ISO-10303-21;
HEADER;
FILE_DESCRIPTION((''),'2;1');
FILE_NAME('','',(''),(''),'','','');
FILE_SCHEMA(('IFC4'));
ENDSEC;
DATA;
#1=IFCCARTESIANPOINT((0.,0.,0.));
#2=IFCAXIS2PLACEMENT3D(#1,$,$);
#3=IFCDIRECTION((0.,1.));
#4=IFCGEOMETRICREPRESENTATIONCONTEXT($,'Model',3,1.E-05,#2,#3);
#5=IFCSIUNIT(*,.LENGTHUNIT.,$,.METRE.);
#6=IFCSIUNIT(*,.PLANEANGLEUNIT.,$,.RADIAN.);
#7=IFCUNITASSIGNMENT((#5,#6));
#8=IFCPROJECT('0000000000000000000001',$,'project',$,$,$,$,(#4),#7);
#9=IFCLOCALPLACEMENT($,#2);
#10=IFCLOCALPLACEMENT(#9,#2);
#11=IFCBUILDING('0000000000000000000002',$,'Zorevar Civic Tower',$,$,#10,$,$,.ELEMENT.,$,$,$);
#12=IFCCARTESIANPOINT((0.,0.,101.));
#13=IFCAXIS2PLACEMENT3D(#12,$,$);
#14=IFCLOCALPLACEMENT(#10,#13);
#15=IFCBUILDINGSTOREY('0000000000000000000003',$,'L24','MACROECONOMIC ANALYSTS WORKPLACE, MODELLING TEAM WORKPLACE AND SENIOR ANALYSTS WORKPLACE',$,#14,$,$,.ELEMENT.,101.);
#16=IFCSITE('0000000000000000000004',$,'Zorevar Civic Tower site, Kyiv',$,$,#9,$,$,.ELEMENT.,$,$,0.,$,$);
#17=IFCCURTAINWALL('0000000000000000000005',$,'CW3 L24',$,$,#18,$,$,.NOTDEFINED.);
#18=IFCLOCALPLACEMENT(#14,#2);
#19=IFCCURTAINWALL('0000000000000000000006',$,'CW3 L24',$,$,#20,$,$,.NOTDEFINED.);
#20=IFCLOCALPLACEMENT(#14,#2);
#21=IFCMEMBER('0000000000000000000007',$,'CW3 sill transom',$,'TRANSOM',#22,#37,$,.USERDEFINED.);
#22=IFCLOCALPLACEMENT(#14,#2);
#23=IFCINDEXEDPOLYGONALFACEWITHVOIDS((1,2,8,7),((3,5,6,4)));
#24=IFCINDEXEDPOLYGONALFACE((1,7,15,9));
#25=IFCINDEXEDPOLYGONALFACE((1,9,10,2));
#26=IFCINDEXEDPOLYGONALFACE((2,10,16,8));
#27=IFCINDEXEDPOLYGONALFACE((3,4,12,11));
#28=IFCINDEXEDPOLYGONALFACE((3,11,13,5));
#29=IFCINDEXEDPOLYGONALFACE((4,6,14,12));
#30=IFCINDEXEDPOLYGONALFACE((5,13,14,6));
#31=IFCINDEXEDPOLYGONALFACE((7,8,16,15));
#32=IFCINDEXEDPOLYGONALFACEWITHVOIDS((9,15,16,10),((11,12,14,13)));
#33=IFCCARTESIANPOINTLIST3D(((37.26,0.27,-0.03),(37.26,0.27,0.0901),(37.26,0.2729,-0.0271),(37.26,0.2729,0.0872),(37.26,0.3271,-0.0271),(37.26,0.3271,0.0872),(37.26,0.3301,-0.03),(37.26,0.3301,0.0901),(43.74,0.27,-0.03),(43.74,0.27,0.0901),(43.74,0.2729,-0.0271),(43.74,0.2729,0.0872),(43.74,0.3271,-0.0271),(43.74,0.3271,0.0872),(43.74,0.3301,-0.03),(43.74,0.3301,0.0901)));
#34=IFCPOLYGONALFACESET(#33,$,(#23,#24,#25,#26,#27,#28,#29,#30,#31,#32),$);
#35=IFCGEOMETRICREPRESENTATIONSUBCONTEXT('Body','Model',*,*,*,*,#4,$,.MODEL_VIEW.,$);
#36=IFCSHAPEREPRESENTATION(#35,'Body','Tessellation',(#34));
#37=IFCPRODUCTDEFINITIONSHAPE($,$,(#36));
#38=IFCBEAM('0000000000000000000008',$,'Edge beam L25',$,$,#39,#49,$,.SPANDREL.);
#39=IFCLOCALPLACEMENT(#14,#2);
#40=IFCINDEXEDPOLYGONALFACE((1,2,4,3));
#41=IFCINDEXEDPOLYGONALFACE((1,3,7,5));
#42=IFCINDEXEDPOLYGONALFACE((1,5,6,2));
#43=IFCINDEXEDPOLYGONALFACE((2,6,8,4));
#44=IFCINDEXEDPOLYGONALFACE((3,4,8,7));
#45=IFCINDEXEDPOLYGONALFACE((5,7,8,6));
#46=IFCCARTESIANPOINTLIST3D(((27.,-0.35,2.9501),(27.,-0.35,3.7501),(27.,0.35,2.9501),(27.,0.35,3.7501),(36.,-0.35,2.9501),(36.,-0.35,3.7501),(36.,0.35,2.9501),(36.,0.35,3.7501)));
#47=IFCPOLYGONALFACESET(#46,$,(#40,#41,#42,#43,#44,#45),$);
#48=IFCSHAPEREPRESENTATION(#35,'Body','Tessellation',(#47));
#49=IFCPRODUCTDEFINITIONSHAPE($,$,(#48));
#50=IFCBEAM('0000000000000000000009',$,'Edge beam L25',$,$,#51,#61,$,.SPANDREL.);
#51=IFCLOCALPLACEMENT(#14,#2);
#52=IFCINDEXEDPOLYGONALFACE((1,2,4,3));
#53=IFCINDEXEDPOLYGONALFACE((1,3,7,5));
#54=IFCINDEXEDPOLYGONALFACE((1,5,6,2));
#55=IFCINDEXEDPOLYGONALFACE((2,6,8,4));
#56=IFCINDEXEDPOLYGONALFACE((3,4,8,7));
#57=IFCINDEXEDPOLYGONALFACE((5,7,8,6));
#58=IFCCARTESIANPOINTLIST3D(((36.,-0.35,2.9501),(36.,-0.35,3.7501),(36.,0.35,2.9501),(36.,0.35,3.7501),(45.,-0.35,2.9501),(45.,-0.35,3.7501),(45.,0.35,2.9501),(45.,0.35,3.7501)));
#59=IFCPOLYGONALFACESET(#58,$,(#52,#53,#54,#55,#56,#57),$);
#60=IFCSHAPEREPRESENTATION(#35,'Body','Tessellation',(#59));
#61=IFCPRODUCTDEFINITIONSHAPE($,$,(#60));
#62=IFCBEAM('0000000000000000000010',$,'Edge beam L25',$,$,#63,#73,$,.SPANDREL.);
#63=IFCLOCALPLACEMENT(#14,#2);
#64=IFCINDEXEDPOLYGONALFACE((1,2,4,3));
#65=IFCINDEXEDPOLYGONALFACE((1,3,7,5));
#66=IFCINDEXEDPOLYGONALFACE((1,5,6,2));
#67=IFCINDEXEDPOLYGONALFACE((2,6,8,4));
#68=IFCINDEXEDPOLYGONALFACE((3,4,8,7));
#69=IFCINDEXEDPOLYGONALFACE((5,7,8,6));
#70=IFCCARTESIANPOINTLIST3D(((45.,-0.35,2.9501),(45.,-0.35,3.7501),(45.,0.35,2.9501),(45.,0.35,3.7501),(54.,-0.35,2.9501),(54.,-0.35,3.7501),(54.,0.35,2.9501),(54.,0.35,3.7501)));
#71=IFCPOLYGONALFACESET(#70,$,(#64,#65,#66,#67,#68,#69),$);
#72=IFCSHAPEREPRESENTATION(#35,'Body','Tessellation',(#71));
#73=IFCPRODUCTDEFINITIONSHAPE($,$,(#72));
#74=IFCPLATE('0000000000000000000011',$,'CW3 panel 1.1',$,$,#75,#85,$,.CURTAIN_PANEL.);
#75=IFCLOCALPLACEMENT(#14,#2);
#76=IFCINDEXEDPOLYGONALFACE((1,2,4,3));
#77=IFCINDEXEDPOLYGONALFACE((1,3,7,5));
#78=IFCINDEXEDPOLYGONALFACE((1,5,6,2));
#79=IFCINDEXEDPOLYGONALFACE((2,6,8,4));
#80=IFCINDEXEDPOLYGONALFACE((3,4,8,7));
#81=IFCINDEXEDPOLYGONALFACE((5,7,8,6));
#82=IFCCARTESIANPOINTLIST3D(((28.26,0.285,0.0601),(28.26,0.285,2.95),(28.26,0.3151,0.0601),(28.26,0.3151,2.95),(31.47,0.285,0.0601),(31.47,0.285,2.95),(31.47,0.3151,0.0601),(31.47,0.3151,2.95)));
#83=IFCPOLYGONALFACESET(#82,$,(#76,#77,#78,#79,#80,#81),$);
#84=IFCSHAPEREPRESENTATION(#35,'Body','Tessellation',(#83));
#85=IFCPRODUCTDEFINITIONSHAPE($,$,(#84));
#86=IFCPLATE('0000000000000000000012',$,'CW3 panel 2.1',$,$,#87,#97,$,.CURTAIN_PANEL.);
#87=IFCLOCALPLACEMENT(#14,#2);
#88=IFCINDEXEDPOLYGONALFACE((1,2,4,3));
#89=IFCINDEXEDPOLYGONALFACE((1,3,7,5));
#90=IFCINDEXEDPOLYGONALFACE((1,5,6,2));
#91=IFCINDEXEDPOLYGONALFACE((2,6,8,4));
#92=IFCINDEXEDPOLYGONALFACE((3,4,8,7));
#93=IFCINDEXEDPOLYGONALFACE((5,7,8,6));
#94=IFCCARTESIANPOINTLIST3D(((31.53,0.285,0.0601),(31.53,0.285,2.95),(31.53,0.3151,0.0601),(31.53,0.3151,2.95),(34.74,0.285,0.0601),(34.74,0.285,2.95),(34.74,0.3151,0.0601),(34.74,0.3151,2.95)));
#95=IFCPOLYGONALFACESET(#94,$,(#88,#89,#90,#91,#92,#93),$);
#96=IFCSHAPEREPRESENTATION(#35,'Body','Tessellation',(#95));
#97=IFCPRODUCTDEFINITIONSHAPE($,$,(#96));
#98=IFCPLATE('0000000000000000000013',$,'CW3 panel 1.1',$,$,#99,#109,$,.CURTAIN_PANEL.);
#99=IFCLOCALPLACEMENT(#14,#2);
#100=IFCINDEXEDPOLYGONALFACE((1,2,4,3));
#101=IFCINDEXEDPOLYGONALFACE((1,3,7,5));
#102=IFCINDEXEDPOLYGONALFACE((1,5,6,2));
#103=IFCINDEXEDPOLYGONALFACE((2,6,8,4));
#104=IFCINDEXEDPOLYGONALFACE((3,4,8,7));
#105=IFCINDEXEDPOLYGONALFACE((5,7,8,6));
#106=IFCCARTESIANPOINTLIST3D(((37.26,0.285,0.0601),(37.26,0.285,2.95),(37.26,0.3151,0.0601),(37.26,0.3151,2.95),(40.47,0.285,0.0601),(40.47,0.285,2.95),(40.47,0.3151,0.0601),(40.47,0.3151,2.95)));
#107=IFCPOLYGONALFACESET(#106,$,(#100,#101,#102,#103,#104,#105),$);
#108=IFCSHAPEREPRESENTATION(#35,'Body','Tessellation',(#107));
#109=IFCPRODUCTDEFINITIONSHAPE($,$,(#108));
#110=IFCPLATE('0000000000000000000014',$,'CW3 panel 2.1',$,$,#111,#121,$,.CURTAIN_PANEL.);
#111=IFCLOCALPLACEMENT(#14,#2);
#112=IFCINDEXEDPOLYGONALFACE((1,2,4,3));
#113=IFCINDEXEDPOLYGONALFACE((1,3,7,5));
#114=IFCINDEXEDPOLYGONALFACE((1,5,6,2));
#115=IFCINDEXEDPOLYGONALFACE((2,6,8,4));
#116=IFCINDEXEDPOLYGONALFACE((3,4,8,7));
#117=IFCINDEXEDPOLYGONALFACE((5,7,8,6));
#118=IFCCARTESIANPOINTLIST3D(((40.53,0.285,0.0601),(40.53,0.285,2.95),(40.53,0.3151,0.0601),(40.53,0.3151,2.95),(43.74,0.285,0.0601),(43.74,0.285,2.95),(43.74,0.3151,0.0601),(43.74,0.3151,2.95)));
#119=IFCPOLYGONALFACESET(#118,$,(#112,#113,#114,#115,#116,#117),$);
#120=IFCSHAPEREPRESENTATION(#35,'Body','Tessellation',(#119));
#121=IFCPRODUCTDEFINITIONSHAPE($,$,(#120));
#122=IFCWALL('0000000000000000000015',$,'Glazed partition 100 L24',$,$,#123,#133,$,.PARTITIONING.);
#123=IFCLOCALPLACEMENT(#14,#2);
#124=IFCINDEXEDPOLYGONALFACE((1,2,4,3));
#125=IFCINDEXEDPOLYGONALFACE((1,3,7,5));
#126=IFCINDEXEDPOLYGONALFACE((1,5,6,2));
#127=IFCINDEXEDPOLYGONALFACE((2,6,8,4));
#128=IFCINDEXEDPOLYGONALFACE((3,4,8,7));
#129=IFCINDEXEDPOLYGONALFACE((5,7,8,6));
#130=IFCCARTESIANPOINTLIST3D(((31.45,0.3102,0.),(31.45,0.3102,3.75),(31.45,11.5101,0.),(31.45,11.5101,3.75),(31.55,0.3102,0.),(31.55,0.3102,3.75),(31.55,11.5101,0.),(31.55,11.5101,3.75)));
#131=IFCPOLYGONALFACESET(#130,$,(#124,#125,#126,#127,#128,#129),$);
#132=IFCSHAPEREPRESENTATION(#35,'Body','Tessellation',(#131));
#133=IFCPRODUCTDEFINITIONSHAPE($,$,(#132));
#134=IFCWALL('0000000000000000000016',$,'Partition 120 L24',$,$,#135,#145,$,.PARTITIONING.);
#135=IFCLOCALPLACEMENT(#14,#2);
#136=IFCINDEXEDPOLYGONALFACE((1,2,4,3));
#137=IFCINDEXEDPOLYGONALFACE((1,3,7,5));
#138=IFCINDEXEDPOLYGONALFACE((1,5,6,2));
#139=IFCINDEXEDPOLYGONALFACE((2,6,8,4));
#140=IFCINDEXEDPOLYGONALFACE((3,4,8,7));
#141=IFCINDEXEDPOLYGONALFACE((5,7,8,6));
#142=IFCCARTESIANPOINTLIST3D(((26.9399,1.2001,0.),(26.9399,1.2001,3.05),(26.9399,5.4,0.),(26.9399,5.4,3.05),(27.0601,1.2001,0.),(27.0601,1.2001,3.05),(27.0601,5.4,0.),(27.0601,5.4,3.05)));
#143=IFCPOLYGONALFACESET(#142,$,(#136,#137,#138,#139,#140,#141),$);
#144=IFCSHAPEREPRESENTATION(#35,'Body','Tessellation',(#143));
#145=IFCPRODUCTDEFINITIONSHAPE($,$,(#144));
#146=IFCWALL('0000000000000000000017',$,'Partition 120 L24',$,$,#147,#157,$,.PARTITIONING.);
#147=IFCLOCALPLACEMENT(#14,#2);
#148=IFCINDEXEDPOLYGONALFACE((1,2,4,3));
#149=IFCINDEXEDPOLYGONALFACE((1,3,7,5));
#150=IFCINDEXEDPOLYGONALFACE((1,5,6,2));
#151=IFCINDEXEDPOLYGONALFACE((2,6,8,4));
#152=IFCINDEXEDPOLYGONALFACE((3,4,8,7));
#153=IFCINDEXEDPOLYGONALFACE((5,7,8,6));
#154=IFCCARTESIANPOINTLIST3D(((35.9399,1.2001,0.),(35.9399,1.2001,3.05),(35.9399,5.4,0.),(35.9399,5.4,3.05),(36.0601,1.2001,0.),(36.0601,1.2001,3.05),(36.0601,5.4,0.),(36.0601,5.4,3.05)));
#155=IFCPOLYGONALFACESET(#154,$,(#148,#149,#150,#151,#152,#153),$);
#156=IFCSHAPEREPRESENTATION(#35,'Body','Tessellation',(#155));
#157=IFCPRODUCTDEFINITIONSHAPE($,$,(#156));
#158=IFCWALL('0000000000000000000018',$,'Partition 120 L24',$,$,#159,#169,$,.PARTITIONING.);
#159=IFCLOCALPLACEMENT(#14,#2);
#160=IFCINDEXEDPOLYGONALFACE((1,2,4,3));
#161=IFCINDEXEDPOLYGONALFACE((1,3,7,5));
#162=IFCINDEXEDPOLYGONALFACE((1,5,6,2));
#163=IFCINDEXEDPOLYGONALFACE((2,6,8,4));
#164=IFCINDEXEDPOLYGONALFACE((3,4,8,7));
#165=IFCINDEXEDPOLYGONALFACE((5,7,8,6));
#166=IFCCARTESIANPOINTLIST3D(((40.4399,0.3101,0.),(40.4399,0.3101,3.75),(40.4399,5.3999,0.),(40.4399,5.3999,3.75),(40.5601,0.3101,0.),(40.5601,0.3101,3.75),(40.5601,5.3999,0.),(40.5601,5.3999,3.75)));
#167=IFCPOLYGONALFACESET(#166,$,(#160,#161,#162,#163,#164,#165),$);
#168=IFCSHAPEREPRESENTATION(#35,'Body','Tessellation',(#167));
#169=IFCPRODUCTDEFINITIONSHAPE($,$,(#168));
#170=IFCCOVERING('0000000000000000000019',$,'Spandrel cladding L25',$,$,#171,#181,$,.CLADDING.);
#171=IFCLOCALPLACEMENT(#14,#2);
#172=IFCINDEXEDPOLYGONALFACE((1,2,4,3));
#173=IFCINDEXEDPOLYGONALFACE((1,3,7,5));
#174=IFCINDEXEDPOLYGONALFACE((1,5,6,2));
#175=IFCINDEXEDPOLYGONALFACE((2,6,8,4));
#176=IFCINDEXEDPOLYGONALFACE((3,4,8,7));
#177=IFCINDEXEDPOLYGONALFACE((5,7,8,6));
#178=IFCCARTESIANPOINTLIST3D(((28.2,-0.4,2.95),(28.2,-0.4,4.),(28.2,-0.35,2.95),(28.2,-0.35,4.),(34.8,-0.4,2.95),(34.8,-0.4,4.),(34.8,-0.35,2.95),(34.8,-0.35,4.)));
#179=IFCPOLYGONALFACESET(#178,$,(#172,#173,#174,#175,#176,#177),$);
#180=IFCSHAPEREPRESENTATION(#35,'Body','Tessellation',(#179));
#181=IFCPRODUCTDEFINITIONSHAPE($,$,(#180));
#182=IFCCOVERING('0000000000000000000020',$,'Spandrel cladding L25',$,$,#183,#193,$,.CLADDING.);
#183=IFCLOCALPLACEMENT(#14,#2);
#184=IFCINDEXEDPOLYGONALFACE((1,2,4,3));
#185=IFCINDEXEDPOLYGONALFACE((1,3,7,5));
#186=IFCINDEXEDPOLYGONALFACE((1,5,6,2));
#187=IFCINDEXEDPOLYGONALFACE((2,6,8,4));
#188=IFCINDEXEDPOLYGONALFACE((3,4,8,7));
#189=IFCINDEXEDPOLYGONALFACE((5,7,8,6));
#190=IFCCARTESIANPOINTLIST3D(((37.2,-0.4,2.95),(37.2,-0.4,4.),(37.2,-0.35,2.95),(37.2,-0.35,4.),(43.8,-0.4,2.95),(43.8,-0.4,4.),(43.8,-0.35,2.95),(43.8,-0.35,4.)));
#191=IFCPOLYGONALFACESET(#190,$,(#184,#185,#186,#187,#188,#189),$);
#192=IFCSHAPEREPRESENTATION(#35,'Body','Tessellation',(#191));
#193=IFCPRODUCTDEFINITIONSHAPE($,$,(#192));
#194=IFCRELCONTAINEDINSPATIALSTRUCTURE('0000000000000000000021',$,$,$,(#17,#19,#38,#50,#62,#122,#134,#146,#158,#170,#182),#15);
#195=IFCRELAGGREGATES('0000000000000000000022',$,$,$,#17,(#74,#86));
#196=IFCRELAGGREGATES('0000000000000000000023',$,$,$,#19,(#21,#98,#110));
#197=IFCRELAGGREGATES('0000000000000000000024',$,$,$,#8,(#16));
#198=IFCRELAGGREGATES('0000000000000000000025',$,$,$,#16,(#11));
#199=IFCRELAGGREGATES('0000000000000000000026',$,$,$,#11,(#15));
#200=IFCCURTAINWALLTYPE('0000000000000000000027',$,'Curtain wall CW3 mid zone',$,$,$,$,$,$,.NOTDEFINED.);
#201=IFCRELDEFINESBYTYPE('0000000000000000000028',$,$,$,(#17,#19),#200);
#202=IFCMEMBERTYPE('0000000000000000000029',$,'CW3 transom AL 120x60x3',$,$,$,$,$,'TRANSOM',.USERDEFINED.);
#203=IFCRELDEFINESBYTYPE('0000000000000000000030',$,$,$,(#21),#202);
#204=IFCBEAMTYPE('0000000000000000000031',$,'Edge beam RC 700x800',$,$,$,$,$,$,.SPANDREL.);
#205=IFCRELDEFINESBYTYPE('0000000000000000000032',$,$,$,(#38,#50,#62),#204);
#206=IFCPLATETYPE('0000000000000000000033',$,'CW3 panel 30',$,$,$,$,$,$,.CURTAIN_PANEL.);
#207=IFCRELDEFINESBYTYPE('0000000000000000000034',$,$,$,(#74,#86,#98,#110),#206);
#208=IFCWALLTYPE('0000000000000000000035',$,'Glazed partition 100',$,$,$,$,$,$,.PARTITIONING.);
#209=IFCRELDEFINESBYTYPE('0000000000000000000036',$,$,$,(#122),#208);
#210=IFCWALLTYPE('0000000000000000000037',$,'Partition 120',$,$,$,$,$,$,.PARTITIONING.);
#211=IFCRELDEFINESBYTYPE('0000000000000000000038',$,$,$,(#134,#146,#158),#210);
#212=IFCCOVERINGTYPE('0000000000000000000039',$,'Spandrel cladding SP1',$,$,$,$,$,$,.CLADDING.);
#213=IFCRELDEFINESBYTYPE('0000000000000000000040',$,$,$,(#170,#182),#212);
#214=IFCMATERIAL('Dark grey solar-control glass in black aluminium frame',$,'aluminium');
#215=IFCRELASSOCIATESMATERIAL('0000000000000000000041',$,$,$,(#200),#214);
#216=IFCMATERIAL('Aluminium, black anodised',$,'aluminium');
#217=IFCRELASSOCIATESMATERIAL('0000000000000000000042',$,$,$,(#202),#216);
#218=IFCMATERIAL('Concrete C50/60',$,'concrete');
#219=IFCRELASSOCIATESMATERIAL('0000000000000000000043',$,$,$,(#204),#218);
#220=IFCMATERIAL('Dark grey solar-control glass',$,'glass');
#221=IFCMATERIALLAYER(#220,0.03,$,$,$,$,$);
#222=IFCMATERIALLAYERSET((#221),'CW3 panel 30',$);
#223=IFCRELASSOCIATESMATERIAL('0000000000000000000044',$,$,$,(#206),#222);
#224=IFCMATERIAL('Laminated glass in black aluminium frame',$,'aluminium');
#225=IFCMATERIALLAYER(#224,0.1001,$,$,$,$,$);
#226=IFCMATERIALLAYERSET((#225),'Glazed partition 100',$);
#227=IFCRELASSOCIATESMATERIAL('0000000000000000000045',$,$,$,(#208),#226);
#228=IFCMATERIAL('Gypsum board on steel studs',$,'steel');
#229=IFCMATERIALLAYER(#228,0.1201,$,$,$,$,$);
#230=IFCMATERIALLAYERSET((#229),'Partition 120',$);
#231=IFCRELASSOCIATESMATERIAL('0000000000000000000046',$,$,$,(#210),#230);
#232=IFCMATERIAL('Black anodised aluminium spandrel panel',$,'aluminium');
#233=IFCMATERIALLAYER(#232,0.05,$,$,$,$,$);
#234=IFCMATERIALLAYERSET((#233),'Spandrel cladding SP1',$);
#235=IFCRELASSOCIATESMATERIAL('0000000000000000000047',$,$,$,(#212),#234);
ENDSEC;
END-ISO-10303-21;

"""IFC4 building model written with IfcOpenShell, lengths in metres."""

from ifc_helpers import new_model, si_unit, direction, frame, frame_2d, origin, origin_2d, place, context, subcontext, project, spatial, rectangle, hollow_rectangle, extrude, material, layer, layer_set, material_profile, profile_set, type_object, element, aggregate, save


model = new_model("IFC4")

# Units and contexts
model_context = context("Model", 3, precision=1e-05, world=origin(), true_north=direction((0.0, 1.0)))
body_context = subcontext(model_context, "Body", "Model", "MODEL_VIEW")
ifc_project = project(units=[si_unit("LENGTHUNIT", "METRE"), si_unit("PLANEANGLEUNIT", "RADIAN")], contexts=[model_context])

# Site, building, storey
site_placement = place(None, origin())
site = spatial("IfcSite", under=ifc_project, at=site_placement, Name="Zorevar Civic Tower site, Kyiv", CompositionType="ELEMENT", RefElevation=0.0)
building_placement = place(site_placement, origin())
building = spatial("IfcBuilding", under=site, at=building_placement, Name="Zorevar Civic Tower", CompositionType="ELEMENT")
storey_placement = place(building_placement, frame((0.0, 0.0, 101.0)))
storey = spatial("IfcBuildingStorey", under=building, at=storey_placement, Name="L24", Description="MACROECONOMIC ANALYSTS WORKPLACE, MODELLING TEAM WORKPLACE AND SENIOR ANALYSTS WORKPLACE", CompositionType="ELEMENT", Elevation=101.0)

# Curtain walls
ifc_material_1 = material(Name="Dark grey solar-control glass in black aluminium frame", Category="aluminium")
curtain_wall_type = type_object("IfcCurtainWallType", Name="Curtain wall CW3 mid zone", PredefinedType="NOTDEFINED", material=ifc_material_1)
curtain_wall_1_placement = place(storey_placement, origin())
curtain_wall_1 = element("IfcCurtainWall", 1, at=curtain_wall_1_placement, inside=storey, type_object=curtain_wall_type, Name="CW3 L24", PredefinedType="NOTDEFINED")
curtain_wall_2_placement = place(storey_placement, origin())
curtain_wall_2 = element("IfcCurtainWall", 2, at=curtain_wall_2_placement, inside=storey, type_object=curtain_wall_type, Name="CW3 L24", PredefinedType="NOTDEFINED")

# Member
ifc_material_2 = material(Name="Aluminium, black anodised", Category="aluminium")
ifc_material_profile_1 = material_profile(ifc_material_2, hollow_rectangle(XDim=0.0601, YDim=0.1201, WallThickness=0.0029, at=origin_2d()), Name="AL 120x60x3")
ifc_profile_set_1 = profile_set([ifc_material_profile_1], Name="Aluminium, black anodised")
member_type_1 = type_object("IfcMemberType", Name="CW3 transom AL 120x60x3", ElementType="TRANSOM", PredefinedType="USERDEFINED", material=ifc_profile_set_1)
member_1_placement = place(storey_placement, frame((37.26, 0.3, 0.03), z_axis=(1.0, 0.0, 0.0), x_axis=(0.0, 1.0, 0.0)))
member_1 = element("IfcMember", 3, at=member_1_placement, type_object=member_type_1, Name="CW3 sill transom", ObjectType="TRANSOM", PredefinedType="USERDEFINED", context=body_context, shape_type="SweptSolid", body=[
    extrude(hollow_rectangle(XDim=0.0601, YDim=0.1201, WallThickness=0.0029, at=origin_2d()), origin(), (0.0, 0.0, 1.0), 6.48),
])

# Beams
ifc_material_3 = material(Name="Concrete C50/60", Category="concrete")
ifc_material_profile_2 = material_profile(ifc_material_3, rectangle(XDim=0.7, YDim=0.8, at=origin_2d()), Name="RC 700x800")
ifc_profile_set_2 = profile_set([ifc_material_profile_2], Name="Concrete C50/60")
beam_type_1 = type_object("IfcBeamType", Name="Edge beam RC 700x800", PredefinedType="SPANDREL", material=ifc_profile_set_2)
for number, where, z_axis, x_axis, name in (
    (4, (27.0, 0.0, 3.3501), (1.0, 0.0, 0.0), (0.0, 1.0, 0.0), "Edge beam L25"),
    (5, (36.0, 0.0, 3.3501), (1.0, 0.0, 0.0), (0.0, 1.0, 0.0), "Edge beam L25"),
    (6, (45.0, 0.0, 3.3501), (1.0, 0.0, 0.0), (0.0, 1.0, 0.0), "Edge beam L25"),
):
    element("IfcBeam", number, at=place(storey_placement, frame(where, z_axis=z_axis, x_axis=x_axis)), inside=storey, type_object=beam_type_1, Name=name, PredefinedType="SPANDREL", context=body_context, shape_type="SweptSolid", body=[
        extrude(rectangle(XDim=0.7, YDim=0.8, at=origin_2d()), origin(), (0.0, 0.0, 1.0), 9.0),
    ])

# Plates
ifc_material_4 = material(Name="Dark grey solar-control glass", Category="glass")
ifc_layer_1 = layer(ifc_material_4, 0.03)
ifc_layer_set_1 = layer_set([ifc_layer_1], Name="CW3 panel 30")
plate_type = type_object("IfcPlateType", Name="CW3 panel 30", PredefinedType="CURTAIN_PANEL", material=ifc_layer_set_1)
plate_1_placement = place(storey_placement, frame((29.865, 0.3, 0.0601), z_axis=(0.0, 0.0, 1.0), x_axis=(1.0, 0.0, 0.0)))
plate_1 = element("IfcPlate", 7, at=plate_1_placement, type_object=plate_type, Name="CW3 panel 1.1", PredefinedType="CURTAIN_PANEL", context=body_context, shape_type="SweptSolid", body=[
    extrude(rectangle(XDim=3.21, YDim=0.03, at=origin_2d()), origin(), (0.0, 0.0, 1.0), 2.8899),
])
plate_2_placement = place(storey_placement, frame((33.135, 0.3, 0.0601), z_axis=(0.0, 0.0, 1.0), x_axis=(1.0, 0.0, 0.0)))
plate_2 = element("IfcPlate", 8, at=plate_2_placement, type_object=plate_type, Name="CW3 panel 2.1", PredefinedType="CURTAIN_PANEL", context=body_context, shape_type="SweptSolid", body=[
    extrude(rectangle(XDim=3.21, YDim=0.03, at=origin_2d()), origin(), (0.0, 0.0, 1.0), 2.8899),
])
aggregate(curtain_wall_1, [plate_1, plate_2])
plate_3_placement = place(storey_placement, frame((38.865, 0.3, 0.0601), z_axis=(0.0, 0.0, 1.0), x_axis=(1.0, 0.0, 0.0)))
plate_3 = element("IfcPlate", 9, at=plate_3_placement, type_object=plate_type, Name="CW3 panel 1.1", PredefinedType="CURTAIN_PANEL", context=body_context, shape_type="SweptSolid", body=[
    extrude(rectangle(XDim=3.21, YDim=0.03, at=origin_2d()), origin(), (0.0, 0.0, 1.0), 2.8899),
])
plate_4_placement = place(storey_placement, frame((42.135, 0.3, 0.0601), z_axis=(0.0, 0.0, 1.0), x_axis=(1.0, 0.0, 0.0)))
plate_4 = element("IfcPlate", 10, at=plate_4_placement, type_object=plate_type, Name="CW3 panel 2.1", PredefinedType="CURTAIN_PANEL", context=body_context, shape_type="SweptSolid", body=[
    extrude(rectangle(XDim=3.21, YDim=0.03, at=origin_2d()), origin(), (0.0, 0.0, 1.0), 2.8899),
])
aggregate(curtain_wall_2, [member_1, plate_3, plate_4])

# Walls
ifc_material_5 = material(Name="Laminated glass in black aluminium frame", Category="aluminium")
ifc_layer_2 = layer(ifc_material_5, 0.1001)
ifc_layer_set_2 = layer_set([ifc_layer_2], Name="Glazed partition 100")
wall_type_1 = type_object("IfcWallType", Name="Glazed partition 100", PredefinedType="PARTITIONING", material=ifc_layer_set_2)
wall_1_placement = place(storey_placement, frame((31.5, 0.3101, 0.0), z_axis=(0.0, 0.0, 1.0), x_axis=(0.0, 1.0, 0.0)))
element("IfcWall", 11, at=wall_1_placement, inside=storey, type_object=wall_type_1, Name="Glazed partition 100 L24", PredefinedType="PARTITIONING", context=body_context, shape_type="SweptSolid", body=[
    extrude(rectangle(XDim=11.2, YDim=0.1001, at=frame_2d((5.6001, 0.0))), origin(), (0.0, 0.0, 1.0), 3.75),
])
ifc_material_6 = material(Name="Gypsum board on steel studs", Category="steel")
ifc_layer_3 = layer(ifc_material_6, 0.1201)
ifc_layer_set_3 = layer_set([ifc_layer_3], Name="Partition 120")
wall_type_2 = type_object("IfcWallType", Name="Partition 120", PredefinedType="PARTITIONING", material=ifc_layer_set_3)
for number, where, z_axis, x_axis, name in (
    (12, (27.0, 1.2, 0.0), (0.0, 0.0, 1.0), (0.0, 1.0, 0.0), "Partition 120 L24"),
    (13, (36.0, 1.2, 0.0), (0.0, 0.0, 1.0), (0.0, 1.0, 0.0), "Partition 120 L24"),
):
    element("IfcWall", number, at=place(storey_placement, frame(where, z_axis=z_axis, x_axis=x_axis)), inside=storey, type_object=wall_type_2, Name=name, PredefinedType="PARTITIONING", context=body_context, shape_type="SweptSolid", body=[
        extrude(rectangle(XDim=4.2, YDim=0.1201, at=frame_2d((2.1001, 0.0))), origin(), (0.0, 0.0, 1.0), 3.05),
    ])
wall_2_placement = place(storey_placement, frame((40.5, 0.3101, 0.0), z_axis=(0.0, 0.0, 1.0), x_axis=(0.0, 1.0, 0.0)))
element("IfcWall", 14, at=wall_2_placement, inside=storey, type_object=wall_type_2, Name="Partition 120 L24", PredefinedType="PARTITIONING", context=body_context, shape_type="SweptSolid", body=[
    extrude(rectangle(XDim=5.0898, YDim=0.1201, at=frame_2d((2.5449, 0.0))), origin(), (0.0, 0.0, 1.0), 3.75),
])

# Coverings
ifc_material_7 = material(Name="Black anodised aluminium spandrel panel", Category="aluminium")
ifc_layer_4 = layer(ifc_material_7, 0.05)
ifc_layer_set_4 = layer_set([ifc_layer_4], Name="Spandrel cladding SP1")
covering_type = type_object("IfcCoveringType", Name="Spandrel cladding SP1", PredefinedType="CLADDING", material=ifc_layer_set_4)
for number, where, z_axis, x_axis, name in (
    (15, (28.2, -0.375, 2.95), (0.0, 0.0, 1.0), (1.0, 0.0, 0.0), "Spandrel cladding L25"),
    (16, (37.2, -0.375, 2.95), (0.0, 0.0, 1.0), (1.0, 0.0, 0.0), "Spandrel cladding L25"),
):
    element("IfcCovering", number, at=place(storey_placement, frame(where, z_axis=z_axis, x_axis=x_axis)), inside=storey, type_object=covering_type, Name=name, PredefinedType="CLADDING", context=body_context, shape_type="SweptSolid", body=[
        extrude(rectangle(XDim=6.6001, YDim=0.05, at=frame_2d((3.3, 0.0))), origin(), (0.0, 0.0, 1.0), 1.05),
    ])

save(model, "model.ifc")
